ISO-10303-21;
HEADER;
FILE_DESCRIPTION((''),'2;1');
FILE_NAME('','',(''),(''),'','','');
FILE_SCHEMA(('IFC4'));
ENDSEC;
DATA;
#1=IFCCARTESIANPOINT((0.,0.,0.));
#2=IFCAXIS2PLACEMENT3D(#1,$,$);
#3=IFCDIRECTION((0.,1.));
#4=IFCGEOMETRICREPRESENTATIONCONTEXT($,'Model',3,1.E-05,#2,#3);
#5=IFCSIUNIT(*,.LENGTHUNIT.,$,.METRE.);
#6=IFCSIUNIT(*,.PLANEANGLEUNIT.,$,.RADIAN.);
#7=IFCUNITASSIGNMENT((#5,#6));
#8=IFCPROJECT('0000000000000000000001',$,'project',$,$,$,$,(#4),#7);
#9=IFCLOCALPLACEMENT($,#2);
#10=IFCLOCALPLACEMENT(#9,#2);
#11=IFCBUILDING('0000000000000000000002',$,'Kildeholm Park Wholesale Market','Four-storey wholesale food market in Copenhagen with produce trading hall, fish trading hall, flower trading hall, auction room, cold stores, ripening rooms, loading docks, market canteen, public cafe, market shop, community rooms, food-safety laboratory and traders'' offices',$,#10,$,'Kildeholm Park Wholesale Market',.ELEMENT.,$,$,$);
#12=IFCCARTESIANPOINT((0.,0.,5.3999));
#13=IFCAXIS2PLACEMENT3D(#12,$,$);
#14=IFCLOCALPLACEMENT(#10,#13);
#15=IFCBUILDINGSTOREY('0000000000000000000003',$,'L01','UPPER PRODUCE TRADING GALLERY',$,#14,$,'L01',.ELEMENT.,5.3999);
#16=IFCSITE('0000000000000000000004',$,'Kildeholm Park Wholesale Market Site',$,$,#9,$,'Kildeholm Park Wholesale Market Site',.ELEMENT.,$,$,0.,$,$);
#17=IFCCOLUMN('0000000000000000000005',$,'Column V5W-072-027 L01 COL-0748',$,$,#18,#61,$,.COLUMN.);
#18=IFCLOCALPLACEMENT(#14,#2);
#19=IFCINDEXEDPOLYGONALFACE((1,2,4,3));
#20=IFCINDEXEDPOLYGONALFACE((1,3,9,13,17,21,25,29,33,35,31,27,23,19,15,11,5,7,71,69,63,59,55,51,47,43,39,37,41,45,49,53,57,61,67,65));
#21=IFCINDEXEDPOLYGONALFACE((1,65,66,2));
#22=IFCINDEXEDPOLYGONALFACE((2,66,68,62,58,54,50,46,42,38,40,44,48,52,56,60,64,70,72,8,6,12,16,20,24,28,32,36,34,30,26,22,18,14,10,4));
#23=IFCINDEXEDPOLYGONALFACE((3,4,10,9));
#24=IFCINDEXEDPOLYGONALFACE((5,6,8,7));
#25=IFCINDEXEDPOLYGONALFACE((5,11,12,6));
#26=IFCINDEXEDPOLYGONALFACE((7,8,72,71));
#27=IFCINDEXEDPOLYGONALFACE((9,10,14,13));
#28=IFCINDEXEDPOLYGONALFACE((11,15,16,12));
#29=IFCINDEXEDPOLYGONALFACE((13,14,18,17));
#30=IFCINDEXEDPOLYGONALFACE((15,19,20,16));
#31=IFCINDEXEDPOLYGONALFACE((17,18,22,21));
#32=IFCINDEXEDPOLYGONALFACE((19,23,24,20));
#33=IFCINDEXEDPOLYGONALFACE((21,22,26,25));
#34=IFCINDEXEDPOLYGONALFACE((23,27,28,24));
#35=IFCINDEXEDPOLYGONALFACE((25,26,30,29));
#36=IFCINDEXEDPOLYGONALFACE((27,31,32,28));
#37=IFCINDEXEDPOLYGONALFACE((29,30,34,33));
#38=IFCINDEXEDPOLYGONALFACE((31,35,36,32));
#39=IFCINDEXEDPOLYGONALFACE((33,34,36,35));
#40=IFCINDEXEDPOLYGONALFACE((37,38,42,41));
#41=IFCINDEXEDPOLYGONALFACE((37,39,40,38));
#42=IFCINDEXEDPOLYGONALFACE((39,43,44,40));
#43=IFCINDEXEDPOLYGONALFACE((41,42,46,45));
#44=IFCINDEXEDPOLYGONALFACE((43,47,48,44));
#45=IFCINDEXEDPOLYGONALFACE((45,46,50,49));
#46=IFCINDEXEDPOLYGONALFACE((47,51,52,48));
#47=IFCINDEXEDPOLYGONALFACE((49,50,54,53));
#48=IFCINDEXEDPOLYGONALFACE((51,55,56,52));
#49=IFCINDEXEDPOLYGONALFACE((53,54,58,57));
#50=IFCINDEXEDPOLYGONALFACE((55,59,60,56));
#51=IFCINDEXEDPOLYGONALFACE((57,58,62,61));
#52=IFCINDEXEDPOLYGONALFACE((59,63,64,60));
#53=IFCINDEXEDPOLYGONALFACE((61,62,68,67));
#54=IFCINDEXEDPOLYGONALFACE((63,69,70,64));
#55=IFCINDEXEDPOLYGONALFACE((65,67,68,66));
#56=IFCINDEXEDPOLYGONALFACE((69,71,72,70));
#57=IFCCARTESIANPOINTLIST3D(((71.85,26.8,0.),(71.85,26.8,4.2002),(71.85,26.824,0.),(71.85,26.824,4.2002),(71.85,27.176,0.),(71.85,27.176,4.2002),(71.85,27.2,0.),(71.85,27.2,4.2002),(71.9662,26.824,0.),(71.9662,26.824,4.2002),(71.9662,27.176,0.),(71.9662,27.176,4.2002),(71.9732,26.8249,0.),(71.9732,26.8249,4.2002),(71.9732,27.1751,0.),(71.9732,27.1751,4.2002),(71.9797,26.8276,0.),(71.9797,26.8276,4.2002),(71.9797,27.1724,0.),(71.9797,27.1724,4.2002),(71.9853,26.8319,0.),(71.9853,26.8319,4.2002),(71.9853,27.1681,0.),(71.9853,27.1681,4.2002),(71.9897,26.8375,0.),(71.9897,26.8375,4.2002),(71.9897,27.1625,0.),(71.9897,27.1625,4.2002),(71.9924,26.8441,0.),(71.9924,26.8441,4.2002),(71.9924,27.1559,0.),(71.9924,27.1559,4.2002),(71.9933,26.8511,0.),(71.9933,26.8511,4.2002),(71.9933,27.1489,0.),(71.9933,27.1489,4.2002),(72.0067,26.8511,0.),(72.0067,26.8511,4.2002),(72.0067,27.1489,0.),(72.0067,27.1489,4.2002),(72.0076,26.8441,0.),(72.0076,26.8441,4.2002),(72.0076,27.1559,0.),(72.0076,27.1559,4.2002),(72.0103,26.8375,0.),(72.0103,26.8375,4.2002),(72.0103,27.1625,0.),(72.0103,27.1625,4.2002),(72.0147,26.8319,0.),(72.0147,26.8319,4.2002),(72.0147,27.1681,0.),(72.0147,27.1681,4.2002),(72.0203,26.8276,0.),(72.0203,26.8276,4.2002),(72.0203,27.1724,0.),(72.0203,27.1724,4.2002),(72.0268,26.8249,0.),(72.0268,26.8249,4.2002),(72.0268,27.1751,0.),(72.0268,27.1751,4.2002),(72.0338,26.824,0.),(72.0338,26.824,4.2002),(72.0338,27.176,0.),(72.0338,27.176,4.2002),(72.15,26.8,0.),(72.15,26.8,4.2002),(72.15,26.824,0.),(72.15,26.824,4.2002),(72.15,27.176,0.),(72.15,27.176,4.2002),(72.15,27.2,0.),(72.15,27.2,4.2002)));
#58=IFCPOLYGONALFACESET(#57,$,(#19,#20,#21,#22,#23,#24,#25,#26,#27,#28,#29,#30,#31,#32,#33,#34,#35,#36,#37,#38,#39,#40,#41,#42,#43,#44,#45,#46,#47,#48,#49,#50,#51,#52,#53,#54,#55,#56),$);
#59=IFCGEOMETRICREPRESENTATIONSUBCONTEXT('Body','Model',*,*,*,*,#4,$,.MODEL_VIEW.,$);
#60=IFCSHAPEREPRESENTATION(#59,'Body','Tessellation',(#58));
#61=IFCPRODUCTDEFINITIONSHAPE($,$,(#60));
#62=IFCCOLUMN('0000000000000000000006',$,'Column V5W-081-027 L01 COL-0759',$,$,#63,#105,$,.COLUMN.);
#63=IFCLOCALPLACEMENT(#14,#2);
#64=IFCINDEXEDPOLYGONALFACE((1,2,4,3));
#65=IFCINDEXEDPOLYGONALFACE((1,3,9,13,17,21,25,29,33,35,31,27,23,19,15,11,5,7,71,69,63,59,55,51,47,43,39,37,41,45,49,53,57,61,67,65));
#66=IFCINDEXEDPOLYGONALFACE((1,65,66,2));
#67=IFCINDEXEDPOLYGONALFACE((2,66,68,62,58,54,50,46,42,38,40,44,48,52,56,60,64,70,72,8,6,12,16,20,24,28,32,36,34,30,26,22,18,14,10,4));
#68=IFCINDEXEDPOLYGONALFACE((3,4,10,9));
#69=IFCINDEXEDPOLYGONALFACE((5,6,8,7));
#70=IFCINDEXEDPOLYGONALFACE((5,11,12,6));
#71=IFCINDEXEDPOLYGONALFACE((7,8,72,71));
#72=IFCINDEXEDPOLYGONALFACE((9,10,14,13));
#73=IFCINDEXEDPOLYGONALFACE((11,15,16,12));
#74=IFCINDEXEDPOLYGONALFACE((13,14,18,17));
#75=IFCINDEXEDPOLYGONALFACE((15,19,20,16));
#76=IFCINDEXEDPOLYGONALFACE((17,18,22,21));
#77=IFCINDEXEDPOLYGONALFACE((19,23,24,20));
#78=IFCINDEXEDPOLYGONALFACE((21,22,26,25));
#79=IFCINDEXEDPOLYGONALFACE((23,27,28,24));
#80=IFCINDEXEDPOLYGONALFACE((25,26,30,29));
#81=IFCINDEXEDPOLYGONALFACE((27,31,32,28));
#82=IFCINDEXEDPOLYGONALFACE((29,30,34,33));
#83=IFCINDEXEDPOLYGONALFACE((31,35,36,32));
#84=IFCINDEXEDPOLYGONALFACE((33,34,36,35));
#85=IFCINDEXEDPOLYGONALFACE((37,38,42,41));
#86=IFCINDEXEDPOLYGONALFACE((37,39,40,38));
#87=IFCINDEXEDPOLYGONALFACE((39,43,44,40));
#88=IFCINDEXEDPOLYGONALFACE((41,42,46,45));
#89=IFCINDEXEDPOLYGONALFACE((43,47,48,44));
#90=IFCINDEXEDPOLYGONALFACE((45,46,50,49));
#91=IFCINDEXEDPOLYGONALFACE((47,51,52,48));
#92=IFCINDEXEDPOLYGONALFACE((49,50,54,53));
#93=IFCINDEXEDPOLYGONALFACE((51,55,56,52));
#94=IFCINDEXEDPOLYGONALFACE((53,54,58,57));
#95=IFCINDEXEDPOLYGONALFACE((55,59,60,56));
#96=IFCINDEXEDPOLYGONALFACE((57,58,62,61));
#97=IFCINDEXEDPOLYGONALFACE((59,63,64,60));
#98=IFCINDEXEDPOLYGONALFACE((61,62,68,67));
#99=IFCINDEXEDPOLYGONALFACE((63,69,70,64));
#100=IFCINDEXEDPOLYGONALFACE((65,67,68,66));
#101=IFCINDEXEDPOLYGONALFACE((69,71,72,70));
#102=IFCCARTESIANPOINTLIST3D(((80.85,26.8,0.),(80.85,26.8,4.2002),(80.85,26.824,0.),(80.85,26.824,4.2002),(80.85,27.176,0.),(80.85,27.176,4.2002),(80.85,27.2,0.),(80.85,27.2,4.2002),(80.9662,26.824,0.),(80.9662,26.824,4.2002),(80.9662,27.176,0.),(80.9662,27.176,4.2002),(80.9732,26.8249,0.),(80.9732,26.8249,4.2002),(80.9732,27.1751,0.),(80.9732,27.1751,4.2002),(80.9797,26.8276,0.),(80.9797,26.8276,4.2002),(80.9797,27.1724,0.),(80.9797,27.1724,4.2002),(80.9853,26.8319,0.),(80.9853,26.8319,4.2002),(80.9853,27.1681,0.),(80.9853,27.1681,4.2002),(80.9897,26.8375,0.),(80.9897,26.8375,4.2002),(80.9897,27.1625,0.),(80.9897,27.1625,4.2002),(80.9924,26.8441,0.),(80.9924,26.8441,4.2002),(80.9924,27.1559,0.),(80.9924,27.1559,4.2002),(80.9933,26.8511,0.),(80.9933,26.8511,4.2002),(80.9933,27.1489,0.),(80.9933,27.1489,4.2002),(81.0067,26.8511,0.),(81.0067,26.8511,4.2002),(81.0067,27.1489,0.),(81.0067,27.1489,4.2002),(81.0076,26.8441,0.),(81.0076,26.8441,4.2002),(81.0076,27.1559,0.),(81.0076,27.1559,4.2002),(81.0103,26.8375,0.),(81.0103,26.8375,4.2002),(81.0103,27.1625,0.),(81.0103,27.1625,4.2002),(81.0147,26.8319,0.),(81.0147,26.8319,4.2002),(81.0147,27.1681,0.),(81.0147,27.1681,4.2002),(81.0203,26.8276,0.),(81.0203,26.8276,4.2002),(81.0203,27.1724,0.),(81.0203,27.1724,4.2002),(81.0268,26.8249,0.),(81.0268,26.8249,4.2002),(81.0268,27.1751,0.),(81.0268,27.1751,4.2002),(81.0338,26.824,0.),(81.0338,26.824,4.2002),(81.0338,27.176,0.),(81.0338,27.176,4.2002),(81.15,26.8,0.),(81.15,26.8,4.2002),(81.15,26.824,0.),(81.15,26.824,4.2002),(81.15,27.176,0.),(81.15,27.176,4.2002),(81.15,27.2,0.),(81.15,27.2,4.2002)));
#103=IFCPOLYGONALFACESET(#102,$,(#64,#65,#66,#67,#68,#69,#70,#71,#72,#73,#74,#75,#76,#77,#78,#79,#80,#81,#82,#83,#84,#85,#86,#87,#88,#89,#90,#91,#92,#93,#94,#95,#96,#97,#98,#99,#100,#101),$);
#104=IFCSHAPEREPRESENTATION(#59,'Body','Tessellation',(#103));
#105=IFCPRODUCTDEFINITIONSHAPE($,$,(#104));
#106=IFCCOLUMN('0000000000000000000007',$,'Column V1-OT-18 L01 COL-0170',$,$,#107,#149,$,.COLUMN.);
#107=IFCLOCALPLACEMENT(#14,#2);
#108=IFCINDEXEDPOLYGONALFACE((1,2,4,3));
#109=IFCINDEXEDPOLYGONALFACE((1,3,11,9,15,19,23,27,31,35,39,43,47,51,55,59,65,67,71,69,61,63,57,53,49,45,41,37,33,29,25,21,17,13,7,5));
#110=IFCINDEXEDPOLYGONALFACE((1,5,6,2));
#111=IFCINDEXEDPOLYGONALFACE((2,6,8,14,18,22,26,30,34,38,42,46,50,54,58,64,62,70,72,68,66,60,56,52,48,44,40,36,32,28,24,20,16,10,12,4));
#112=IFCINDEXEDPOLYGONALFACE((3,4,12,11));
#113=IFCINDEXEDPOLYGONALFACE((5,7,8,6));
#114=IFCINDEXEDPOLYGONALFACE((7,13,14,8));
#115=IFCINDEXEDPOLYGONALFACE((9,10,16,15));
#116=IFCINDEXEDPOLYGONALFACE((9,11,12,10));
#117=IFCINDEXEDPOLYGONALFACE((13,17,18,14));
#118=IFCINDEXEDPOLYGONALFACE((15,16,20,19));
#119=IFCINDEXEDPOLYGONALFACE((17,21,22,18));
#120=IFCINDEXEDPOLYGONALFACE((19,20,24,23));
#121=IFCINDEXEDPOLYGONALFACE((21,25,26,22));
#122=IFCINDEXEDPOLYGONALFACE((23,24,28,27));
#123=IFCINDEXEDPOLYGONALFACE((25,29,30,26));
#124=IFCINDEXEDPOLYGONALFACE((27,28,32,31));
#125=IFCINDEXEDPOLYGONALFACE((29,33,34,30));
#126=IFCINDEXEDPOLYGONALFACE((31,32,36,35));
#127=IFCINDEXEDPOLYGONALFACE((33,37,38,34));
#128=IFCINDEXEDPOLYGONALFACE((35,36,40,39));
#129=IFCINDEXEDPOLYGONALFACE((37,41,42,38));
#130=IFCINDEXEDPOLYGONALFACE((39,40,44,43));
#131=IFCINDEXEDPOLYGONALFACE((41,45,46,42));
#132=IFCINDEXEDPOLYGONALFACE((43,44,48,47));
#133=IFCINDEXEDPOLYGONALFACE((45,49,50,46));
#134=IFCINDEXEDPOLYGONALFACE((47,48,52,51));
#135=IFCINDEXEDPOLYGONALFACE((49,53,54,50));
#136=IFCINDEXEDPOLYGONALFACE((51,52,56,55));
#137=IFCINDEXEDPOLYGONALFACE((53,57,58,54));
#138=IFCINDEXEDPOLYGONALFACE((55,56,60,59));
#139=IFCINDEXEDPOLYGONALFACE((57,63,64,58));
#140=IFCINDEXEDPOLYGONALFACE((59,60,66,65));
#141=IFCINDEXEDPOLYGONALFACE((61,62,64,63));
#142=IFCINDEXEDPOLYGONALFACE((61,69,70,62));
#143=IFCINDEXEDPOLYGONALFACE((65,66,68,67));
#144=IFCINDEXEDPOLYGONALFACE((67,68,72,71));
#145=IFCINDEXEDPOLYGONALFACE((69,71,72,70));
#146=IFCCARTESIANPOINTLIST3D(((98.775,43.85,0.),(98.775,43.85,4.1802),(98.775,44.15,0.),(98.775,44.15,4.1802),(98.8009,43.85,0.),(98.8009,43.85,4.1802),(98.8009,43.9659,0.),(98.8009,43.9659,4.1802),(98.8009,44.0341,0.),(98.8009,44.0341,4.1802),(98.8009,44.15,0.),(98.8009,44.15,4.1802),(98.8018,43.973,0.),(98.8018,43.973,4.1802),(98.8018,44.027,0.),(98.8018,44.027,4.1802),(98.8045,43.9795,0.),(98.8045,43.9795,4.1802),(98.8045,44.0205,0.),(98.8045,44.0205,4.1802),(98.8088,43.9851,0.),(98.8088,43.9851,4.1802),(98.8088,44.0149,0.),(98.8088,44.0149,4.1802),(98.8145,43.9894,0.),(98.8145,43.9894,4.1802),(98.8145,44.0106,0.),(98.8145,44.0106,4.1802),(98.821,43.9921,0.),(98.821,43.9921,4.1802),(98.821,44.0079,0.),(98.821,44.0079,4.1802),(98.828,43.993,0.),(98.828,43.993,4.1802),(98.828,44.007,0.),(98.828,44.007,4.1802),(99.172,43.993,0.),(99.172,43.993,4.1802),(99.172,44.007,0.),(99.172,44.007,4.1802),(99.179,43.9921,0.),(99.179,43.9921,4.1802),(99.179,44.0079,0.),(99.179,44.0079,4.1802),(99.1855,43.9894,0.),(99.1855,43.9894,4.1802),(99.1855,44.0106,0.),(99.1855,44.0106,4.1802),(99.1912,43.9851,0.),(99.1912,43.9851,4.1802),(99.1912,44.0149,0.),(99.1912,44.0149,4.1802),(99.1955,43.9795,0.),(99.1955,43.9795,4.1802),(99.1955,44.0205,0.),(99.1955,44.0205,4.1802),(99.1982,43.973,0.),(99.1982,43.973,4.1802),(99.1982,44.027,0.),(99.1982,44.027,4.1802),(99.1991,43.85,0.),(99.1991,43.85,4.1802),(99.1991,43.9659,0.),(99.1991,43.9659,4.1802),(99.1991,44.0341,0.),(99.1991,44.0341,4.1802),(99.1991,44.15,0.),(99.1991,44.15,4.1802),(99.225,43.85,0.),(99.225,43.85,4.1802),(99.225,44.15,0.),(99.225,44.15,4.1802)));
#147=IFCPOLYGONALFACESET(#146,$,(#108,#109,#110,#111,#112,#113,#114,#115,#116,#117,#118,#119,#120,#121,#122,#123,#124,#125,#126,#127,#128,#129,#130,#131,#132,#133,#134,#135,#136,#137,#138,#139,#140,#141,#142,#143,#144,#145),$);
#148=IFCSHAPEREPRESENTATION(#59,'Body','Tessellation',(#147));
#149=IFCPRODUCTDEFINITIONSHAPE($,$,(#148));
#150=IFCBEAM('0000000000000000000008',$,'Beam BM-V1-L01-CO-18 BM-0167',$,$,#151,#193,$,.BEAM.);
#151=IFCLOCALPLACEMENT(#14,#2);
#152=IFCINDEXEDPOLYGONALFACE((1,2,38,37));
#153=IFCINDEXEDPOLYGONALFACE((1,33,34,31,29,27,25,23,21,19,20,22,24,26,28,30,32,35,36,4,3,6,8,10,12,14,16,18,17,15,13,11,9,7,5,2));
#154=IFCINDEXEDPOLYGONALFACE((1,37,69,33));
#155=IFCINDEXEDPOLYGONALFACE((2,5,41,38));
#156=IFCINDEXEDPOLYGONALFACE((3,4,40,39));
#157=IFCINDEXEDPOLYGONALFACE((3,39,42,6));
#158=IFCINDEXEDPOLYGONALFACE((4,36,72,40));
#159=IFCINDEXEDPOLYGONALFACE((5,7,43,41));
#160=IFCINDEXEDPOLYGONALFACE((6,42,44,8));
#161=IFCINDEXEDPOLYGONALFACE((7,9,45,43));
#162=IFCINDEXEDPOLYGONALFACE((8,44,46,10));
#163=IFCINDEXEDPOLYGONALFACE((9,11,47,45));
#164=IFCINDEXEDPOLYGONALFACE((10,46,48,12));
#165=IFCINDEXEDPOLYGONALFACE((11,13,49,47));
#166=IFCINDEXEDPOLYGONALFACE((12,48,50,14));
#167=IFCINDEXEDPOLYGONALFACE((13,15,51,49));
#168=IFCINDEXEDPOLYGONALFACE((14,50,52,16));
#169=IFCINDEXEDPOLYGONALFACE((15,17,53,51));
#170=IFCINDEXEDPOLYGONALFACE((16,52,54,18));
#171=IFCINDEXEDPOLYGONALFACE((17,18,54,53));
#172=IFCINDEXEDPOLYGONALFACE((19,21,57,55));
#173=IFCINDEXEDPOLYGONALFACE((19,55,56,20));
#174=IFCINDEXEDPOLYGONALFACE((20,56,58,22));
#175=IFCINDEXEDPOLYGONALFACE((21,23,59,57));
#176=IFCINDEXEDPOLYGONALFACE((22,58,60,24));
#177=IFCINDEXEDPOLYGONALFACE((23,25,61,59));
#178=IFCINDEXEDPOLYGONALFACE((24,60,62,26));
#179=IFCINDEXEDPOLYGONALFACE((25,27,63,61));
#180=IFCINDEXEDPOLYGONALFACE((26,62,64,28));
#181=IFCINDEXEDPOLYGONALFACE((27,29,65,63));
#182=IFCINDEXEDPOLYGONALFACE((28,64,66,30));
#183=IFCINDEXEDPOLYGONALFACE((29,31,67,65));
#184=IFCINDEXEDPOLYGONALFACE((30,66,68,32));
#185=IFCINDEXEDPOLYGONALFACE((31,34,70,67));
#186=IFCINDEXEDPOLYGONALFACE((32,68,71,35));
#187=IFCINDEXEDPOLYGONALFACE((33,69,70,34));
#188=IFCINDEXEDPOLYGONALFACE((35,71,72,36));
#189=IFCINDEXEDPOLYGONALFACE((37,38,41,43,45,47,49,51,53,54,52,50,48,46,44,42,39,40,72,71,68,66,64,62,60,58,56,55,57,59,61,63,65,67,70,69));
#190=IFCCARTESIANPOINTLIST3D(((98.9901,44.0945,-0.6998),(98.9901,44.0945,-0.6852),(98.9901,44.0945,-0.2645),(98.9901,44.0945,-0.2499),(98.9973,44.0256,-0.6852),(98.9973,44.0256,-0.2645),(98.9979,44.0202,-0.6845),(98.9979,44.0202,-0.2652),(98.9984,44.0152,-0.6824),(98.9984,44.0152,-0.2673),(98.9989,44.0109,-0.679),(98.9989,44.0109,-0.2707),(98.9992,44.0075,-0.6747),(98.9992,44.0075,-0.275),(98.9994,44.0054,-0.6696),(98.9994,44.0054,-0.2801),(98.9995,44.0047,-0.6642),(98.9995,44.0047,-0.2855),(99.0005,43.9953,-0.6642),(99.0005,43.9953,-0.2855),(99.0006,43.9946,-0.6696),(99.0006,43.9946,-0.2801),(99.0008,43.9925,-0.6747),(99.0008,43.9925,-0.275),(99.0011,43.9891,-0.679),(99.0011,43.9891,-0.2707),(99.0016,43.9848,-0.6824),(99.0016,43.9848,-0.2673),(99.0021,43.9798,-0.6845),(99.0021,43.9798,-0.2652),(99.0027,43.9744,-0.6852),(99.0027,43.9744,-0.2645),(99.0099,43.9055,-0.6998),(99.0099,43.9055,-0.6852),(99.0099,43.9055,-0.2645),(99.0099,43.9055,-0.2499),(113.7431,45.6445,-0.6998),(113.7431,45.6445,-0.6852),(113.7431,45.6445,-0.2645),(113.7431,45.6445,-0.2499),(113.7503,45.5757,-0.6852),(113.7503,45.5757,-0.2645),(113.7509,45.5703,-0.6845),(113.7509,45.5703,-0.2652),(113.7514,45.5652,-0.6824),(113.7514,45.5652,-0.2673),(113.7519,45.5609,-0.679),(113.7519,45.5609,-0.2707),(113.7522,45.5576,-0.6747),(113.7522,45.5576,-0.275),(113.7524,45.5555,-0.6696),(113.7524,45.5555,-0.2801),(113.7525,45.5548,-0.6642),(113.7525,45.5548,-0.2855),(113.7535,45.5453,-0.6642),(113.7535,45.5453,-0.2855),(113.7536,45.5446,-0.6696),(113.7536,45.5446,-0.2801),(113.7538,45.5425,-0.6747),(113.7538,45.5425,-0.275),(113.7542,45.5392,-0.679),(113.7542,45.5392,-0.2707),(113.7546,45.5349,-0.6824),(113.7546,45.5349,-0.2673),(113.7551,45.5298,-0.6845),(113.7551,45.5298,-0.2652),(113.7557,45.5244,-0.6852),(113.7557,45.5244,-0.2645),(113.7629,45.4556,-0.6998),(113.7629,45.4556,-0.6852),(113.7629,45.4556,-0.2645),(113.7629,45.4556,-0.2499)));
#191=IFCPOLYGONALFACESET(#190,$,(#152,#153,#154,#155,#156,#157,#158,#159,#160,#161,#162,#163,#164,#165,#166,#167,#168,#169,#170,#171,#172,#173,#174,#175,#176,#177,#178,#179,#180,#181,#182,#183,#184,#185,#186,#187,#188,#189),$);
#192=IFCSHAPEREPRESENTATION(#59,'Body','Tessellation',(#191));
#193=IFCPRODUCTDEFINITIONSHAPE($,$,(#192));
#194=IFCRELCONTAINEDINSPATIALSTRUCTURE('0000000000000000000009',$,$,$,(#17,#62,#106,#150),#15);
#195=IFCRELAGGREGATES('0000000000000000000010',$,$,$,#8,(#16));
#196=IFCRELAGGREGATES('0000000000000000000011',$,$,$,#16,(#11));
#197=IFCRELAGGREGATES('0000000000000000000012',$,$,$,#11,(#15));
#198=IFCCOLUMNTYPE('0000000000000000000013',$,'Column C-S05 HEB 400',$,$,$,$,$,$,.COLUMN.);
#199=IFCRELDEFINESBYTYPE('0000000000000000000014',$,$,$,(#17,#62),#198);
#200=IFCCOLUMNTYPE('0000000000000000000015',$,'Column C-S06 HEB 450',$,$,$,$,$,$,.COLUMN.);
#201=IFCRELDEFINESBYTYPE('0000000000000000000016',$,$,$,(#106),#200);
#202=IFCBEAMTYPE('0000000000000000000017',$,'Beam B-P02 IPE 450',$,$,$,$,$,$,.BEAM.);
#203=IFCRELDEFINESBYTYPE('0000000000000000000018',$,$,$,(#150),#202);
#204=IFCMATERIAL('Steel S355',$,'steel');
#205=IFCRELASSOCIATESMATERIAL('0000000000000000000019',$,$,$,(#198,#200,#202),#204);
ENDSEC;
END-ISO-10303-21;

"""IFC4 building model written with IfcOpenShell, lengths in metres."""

from ifc_helpers import new_model, si_unit, direction, frame, origin, origin_2d, place, context, subcontext, project, spatial, i_section, extrude, material, material_profile, profile_set, type_object, element, save


model = new_model("IFC4")

# Units and contexts
model_context = context("Model", 3, precision=1e-05, world=origin(), true_north=direction((0.0, 1.0)))
body_context = subcontext(model_context, "Body", "Model", "MODEL_VIEW")
ifc_project = project(units=[si_unit("LENGTHUNIT", "METRE"), si_unit("PLANEANGLEUNIT", "RADIAN")], contexts=[model_context])

# Site, building, storey
site_placement = place(None, origin())
site = spatial("IfcSite", under=ifc_project, at=site_placement, Name="Kildeholm Park Wholesale Market Site", LongName="Kildeholm Park Wholesale Market Site", CompositionType="ELEMENT", RefElevation=0.0)
building_placement = place(site_placement, origin())
building = spatial("IfcBuilding", under=site, at=building_placement, Name="Kildeholm Park Wholesale Market", Description="Four-storey wholesale food market in Copenhagen with produce trading hall, fish trading hall, flower trading hall, auction room, cold stores, ripening rooms, loading docks, market canteen, public cafe, market shop, community rooms, food-safety laboratory and traders' offices", LongName="Kildeholm Park Wholesale Market", CompositionType="ELEMENT")
storey_placement = place(building_placement, frame((0.0, 0.0, 5.3999)))
storey = spatial("IfcBuildingStorey", under=building, at=storey_placement, Name="L01", Description="UPPER PRODUCE TRADING GALLERY", LongName="L01", CompositionType="ELEMENT", Elevation=5.3999)

# Columns
ifc_material_1 = material(Name="Steel S355", Category="steel")
ifc_material_profile_1 = material_profile(ifc_material_1, i_section(OverallWidth=0.3, OverallDepth=0.3999, WebThickness=0.0134, FlangeThickness=0.0239, FilletRadius=0.0271, at=origin_2d()), Name="HEB 400")
ifc_profile_set_1 = profile_set([ifc_material_profile_1], Name="Steel S355")
column_type_1 = type_object("IfcColumnType", Name="Column C-S05 HEB 400", PredefinedType="COLUMN", material=ifc_profile_set_1)
for number, where, z_axis, x_axis, name in (
    (1, (72.0, 27.0, 0.0), (0.0, 0.0, 1.0), (1.0, 0.0, 0.0), "Column V5W-072-027 L01 COL-0748"),
    (2, (81.0, 27.0, 0.0), (0.0, 0.0, 1.0), (1.0, 0.0, 0.0), "Column V5W-081-027 L01 COL-0759"),
):
    element("IfcColumn", number, at=place(storey_placement, frame(where, z_axis=z_axis, x_axis=x_axis)), inside=storey, type_object=column_type_1, Name=name, PredefinedType="COLUMN", context=body_context, shape_type="SweptSolid", body=[
        extrude(i_section(OverallWidth=0.3, OverallDepth=0.3999, WebThickness=0.0134, FlangeThickness=0.0239, FilletRadius=0.0271, at=origin_2d()), origin(), (0.0, 0.0, 1.0), 4.2002),
    ])
ifc_material_profile_2 = material_profile(ifc_material_1, i_section(OverallWidth=0.3, OverallDepth=0.45, WebThickness=0.0139, FlangeThickness=0.0259, FilletRadius=0.0271, at=origin_2d()), Name="HEB 450")
ifc_profile_set_2 = profile_set([ifc_material_profile_2], Name="Steel S355")
column_type_2 = type_object("IfcColumnType", Name="Column C-S06 HEB 450", PredefinedType="COLUMN", material=ifc_profile_set_2)
column_placement = place(storey_placement, frame((99.0, 44.0, 0.0), z_axis=(0.0, 0.0, 1.0), x_axis=(0.0, -1.0, 0.0)))
element("IfcColumn", 3, at=column_placement, inside=storey, type_object=column_type_2, Name="Column V1-OT-18 L01 COL-0170", PredefinedType="COLUMN", context=body_context, shape_type="SweptSolid", body=[
    extrude(i_section(OverallWidth=0.3, OverallDepth=0.45, WebThickness=0.0139, FlangeThickness=0.0259, FilletRadius=0.0271, at=origin_2d()), origin(), (0.0, 0.0, 1.0), 4.1802),
])

# Beam
ifc_material_profile_3 = material_profile(ifc_material_1, i_section(OverallWidth=0.1899, OverallDepth=0.45, WebThickness=0.0095, FlangeThickness=0.0146, FilletRadius=0.021, at=origin_2d()), Name="IPE 450")
ifc_profile_set_3 = profile_set([ifc_material_profile_3], Name="Steel S355")
beam_type_1 = type_object("IfcBeamType", Name="Beam B-P02 IPE 450", PredefinedType="BEAM", material=ifc_profile_set_3)
beam_1_placement = place(storey_placement, frame((99.0, 44.0, -0.4749), z_axis=(0.994526, 0.104492, 0.0), x_axis=(-0.104492, 0.994526, 0.0)))
element("IfcBeam", 4, at=beam_1_placement, inside=storey, type_object=beam_type_1, Name="Beam BM-V1-L01-CO-18 BM-0167", PredefinedType="BEAM", context=body_context, shape_type="SweptSolid", body=[
    extrude(i_section(OverallWidth=0.1899, OverallDepth=0.45, WebThickness=0.0095, FlangeThickness=0.0146, FilletRadius=0.021, at=origin_2d()), origin(), (0.0, 0.0, 1.0), 14.8342),
])

save(model, "model.ifc")
